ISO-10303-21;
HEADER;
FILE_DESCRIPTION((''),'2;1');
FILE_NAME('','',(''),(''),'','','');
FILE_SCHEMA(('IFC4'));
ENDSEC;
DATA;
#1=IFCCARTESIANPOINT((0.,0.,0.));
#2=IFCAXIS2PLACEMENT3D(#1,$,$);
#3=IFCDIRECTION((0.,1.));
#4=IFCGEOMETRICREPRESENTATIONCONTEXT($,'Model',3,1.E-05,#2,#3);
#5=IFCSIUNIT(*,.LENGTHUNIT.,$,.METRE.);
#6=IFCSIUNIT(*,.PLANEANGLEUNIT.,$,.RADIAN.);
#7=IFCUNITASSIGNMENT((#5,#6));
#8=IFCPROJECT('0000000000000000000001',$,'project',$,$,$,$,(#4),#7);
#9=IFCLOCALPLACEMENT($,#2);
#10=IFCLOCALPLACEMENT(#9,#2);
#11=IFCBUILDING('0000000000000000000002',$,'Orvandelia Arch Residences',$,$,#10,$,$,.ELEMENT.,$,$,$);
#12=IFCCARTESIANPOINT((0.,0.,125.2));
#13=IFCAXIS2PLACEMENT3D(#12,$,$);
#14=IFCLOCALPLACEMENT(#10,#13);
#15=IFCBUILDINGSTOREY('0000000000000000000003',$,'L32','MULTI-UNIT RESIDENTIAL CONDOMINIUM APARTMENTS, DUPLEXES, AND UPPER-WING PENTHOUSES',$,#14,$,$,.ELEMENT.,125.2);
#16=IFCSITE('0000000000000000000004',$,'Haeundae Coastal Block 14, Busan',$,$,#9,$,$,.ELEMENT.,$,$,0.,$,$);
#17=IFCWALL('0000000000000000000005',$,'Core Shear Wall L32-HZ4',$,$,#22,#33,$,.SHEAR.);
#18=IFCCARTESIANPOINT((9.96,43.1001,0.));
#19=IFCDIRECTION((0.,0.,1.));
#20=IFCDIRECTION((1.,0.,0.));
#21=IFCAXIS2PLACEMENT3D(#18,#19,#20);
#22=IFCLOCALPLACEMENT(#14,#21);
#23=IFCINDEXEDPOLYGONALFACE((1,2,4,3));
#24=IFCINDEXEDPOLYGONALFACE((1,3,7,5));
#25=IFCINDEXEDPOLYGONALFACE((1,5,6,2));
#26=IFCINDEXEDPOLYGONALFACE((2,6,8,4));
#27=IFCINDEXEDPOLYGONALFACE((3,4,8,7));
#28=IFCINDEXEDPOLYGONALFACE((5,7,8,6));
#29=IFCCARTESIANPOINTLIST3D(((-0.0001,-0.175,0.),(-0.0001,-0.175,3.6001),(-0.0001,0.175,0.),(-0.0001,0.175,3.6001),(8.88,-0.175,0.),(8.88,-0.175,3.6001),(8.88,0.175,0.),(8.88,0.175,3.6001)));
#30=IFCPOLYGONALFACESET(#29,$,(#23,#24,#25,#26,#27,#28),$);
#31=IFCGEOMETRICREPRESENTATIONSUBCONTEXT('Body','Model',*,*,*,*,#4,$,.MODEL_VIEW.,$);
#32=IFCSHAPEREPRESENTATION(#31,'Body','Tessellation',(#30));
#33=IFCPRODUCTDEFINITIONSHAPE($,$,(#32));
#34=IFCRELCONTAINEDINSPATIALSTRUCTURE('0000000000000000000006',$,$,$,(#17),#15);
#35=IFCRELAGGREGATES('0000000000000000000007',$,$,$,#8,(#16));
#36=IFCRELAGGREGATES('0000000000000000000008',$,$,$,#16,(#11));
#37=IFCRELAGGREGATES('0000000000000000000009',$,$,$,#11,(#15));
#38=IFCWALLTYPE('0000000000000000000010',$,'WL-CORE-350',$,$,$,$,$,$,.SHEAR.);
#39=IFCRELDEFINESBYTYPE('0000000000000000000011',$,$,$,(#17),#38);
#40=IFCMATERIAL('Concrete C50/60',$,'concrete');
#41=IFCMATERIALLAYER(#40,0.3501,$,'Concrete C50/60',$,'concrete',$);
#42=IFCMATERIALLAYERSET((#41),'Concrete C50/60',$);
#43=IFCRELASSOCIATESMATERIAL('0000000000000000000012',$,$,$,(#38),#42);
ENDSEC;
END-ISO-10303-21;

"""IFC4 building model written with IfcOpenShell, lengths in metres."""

from ifc_helpers import new_model, si_unit, direction, frame, frame_2d, origin, place, context, subcontext, project, spatial, rectangle, extrude, material, layer, layer_set, type_object, element, save


model = new_model("IFC4")

# Units and contexts
model_context = context("Model", 3, precision=1e-05, world=origin(), true_north=direction((0.0, 1.0)))
body_context = subcontext(model_context, "Body", "Model", "MODEL_VIEW")
ifc_project = project(units=[si_unit("LENGTHUNIT", "METRE"), si_unit("PLANEANGLEUNIT", "RADIAN")], contexts=[model_context])

# Site, building, storey
site_placement = place(None, origin())
site = spatial("IfcSite", under=ifc_project, at=site_placement, Name="Haeundae Coastal Block 14, Busan", CompositionType="ELEMENT", RefElevation=0.0)
building_placement = place(site_placement, origin())
building = spatial("IfcBuilding", under=site, at=building_placement, Name="Orvandelia Arch Residences", CompositionType="ELEMENT")
storey_placement = place(building_placement, frame((0.0, 0.0, 125.2)))
storey = spatial("IfcBuildingStorey", under=building, at=storey_placement, Name="L32", Description="MULTI-UNIT RESIDENTIAL CONDOMINIUM APARTMENTS, DUPLEXES, AND UPPER-WING PENTHOUSES", CompositionType="ELEMENT", Elevation=125.2)

# Wall
ifc_material_1 = material(Name="Concrete C50/60", Category="concrete")
ifc_layer_1 = layer(ifc_material_1, 0.3501, Name="Concrete C50/60", Category="concrete")
ifc_layer_set_1 = layer_set([ifc_layer_1], Name="Concrete C50/60")
wall_type_1 = type_object("IfcWallType", Name="WL-CORE-350", PredefinedType="SHEAR", material=ifc_layer_set_1)
wall_1_placement = place(storey_placement, frame((9.96, 43.1001, 0.0), z_axis=(0.0, 0.0, 1.0), x_axis=(1.0, 0.0, 0.0)))
element("IfcWall", 1, at=wall_1_placement, inside=storey, type_object=wall_type_1, Name="Core Shear Wall L32-HZ4", PredefinedType="SHEAR", context=body_context, shape_type="SweptSolid", body=[
    extrude(rectangle(XDim=8.8801, YDim=0.3501, at=frame_2d((4.4399, 0.0))), origin(), (0.0, 0.0, 1.0), 3.6001),
])

save(model, "model.ifc")
